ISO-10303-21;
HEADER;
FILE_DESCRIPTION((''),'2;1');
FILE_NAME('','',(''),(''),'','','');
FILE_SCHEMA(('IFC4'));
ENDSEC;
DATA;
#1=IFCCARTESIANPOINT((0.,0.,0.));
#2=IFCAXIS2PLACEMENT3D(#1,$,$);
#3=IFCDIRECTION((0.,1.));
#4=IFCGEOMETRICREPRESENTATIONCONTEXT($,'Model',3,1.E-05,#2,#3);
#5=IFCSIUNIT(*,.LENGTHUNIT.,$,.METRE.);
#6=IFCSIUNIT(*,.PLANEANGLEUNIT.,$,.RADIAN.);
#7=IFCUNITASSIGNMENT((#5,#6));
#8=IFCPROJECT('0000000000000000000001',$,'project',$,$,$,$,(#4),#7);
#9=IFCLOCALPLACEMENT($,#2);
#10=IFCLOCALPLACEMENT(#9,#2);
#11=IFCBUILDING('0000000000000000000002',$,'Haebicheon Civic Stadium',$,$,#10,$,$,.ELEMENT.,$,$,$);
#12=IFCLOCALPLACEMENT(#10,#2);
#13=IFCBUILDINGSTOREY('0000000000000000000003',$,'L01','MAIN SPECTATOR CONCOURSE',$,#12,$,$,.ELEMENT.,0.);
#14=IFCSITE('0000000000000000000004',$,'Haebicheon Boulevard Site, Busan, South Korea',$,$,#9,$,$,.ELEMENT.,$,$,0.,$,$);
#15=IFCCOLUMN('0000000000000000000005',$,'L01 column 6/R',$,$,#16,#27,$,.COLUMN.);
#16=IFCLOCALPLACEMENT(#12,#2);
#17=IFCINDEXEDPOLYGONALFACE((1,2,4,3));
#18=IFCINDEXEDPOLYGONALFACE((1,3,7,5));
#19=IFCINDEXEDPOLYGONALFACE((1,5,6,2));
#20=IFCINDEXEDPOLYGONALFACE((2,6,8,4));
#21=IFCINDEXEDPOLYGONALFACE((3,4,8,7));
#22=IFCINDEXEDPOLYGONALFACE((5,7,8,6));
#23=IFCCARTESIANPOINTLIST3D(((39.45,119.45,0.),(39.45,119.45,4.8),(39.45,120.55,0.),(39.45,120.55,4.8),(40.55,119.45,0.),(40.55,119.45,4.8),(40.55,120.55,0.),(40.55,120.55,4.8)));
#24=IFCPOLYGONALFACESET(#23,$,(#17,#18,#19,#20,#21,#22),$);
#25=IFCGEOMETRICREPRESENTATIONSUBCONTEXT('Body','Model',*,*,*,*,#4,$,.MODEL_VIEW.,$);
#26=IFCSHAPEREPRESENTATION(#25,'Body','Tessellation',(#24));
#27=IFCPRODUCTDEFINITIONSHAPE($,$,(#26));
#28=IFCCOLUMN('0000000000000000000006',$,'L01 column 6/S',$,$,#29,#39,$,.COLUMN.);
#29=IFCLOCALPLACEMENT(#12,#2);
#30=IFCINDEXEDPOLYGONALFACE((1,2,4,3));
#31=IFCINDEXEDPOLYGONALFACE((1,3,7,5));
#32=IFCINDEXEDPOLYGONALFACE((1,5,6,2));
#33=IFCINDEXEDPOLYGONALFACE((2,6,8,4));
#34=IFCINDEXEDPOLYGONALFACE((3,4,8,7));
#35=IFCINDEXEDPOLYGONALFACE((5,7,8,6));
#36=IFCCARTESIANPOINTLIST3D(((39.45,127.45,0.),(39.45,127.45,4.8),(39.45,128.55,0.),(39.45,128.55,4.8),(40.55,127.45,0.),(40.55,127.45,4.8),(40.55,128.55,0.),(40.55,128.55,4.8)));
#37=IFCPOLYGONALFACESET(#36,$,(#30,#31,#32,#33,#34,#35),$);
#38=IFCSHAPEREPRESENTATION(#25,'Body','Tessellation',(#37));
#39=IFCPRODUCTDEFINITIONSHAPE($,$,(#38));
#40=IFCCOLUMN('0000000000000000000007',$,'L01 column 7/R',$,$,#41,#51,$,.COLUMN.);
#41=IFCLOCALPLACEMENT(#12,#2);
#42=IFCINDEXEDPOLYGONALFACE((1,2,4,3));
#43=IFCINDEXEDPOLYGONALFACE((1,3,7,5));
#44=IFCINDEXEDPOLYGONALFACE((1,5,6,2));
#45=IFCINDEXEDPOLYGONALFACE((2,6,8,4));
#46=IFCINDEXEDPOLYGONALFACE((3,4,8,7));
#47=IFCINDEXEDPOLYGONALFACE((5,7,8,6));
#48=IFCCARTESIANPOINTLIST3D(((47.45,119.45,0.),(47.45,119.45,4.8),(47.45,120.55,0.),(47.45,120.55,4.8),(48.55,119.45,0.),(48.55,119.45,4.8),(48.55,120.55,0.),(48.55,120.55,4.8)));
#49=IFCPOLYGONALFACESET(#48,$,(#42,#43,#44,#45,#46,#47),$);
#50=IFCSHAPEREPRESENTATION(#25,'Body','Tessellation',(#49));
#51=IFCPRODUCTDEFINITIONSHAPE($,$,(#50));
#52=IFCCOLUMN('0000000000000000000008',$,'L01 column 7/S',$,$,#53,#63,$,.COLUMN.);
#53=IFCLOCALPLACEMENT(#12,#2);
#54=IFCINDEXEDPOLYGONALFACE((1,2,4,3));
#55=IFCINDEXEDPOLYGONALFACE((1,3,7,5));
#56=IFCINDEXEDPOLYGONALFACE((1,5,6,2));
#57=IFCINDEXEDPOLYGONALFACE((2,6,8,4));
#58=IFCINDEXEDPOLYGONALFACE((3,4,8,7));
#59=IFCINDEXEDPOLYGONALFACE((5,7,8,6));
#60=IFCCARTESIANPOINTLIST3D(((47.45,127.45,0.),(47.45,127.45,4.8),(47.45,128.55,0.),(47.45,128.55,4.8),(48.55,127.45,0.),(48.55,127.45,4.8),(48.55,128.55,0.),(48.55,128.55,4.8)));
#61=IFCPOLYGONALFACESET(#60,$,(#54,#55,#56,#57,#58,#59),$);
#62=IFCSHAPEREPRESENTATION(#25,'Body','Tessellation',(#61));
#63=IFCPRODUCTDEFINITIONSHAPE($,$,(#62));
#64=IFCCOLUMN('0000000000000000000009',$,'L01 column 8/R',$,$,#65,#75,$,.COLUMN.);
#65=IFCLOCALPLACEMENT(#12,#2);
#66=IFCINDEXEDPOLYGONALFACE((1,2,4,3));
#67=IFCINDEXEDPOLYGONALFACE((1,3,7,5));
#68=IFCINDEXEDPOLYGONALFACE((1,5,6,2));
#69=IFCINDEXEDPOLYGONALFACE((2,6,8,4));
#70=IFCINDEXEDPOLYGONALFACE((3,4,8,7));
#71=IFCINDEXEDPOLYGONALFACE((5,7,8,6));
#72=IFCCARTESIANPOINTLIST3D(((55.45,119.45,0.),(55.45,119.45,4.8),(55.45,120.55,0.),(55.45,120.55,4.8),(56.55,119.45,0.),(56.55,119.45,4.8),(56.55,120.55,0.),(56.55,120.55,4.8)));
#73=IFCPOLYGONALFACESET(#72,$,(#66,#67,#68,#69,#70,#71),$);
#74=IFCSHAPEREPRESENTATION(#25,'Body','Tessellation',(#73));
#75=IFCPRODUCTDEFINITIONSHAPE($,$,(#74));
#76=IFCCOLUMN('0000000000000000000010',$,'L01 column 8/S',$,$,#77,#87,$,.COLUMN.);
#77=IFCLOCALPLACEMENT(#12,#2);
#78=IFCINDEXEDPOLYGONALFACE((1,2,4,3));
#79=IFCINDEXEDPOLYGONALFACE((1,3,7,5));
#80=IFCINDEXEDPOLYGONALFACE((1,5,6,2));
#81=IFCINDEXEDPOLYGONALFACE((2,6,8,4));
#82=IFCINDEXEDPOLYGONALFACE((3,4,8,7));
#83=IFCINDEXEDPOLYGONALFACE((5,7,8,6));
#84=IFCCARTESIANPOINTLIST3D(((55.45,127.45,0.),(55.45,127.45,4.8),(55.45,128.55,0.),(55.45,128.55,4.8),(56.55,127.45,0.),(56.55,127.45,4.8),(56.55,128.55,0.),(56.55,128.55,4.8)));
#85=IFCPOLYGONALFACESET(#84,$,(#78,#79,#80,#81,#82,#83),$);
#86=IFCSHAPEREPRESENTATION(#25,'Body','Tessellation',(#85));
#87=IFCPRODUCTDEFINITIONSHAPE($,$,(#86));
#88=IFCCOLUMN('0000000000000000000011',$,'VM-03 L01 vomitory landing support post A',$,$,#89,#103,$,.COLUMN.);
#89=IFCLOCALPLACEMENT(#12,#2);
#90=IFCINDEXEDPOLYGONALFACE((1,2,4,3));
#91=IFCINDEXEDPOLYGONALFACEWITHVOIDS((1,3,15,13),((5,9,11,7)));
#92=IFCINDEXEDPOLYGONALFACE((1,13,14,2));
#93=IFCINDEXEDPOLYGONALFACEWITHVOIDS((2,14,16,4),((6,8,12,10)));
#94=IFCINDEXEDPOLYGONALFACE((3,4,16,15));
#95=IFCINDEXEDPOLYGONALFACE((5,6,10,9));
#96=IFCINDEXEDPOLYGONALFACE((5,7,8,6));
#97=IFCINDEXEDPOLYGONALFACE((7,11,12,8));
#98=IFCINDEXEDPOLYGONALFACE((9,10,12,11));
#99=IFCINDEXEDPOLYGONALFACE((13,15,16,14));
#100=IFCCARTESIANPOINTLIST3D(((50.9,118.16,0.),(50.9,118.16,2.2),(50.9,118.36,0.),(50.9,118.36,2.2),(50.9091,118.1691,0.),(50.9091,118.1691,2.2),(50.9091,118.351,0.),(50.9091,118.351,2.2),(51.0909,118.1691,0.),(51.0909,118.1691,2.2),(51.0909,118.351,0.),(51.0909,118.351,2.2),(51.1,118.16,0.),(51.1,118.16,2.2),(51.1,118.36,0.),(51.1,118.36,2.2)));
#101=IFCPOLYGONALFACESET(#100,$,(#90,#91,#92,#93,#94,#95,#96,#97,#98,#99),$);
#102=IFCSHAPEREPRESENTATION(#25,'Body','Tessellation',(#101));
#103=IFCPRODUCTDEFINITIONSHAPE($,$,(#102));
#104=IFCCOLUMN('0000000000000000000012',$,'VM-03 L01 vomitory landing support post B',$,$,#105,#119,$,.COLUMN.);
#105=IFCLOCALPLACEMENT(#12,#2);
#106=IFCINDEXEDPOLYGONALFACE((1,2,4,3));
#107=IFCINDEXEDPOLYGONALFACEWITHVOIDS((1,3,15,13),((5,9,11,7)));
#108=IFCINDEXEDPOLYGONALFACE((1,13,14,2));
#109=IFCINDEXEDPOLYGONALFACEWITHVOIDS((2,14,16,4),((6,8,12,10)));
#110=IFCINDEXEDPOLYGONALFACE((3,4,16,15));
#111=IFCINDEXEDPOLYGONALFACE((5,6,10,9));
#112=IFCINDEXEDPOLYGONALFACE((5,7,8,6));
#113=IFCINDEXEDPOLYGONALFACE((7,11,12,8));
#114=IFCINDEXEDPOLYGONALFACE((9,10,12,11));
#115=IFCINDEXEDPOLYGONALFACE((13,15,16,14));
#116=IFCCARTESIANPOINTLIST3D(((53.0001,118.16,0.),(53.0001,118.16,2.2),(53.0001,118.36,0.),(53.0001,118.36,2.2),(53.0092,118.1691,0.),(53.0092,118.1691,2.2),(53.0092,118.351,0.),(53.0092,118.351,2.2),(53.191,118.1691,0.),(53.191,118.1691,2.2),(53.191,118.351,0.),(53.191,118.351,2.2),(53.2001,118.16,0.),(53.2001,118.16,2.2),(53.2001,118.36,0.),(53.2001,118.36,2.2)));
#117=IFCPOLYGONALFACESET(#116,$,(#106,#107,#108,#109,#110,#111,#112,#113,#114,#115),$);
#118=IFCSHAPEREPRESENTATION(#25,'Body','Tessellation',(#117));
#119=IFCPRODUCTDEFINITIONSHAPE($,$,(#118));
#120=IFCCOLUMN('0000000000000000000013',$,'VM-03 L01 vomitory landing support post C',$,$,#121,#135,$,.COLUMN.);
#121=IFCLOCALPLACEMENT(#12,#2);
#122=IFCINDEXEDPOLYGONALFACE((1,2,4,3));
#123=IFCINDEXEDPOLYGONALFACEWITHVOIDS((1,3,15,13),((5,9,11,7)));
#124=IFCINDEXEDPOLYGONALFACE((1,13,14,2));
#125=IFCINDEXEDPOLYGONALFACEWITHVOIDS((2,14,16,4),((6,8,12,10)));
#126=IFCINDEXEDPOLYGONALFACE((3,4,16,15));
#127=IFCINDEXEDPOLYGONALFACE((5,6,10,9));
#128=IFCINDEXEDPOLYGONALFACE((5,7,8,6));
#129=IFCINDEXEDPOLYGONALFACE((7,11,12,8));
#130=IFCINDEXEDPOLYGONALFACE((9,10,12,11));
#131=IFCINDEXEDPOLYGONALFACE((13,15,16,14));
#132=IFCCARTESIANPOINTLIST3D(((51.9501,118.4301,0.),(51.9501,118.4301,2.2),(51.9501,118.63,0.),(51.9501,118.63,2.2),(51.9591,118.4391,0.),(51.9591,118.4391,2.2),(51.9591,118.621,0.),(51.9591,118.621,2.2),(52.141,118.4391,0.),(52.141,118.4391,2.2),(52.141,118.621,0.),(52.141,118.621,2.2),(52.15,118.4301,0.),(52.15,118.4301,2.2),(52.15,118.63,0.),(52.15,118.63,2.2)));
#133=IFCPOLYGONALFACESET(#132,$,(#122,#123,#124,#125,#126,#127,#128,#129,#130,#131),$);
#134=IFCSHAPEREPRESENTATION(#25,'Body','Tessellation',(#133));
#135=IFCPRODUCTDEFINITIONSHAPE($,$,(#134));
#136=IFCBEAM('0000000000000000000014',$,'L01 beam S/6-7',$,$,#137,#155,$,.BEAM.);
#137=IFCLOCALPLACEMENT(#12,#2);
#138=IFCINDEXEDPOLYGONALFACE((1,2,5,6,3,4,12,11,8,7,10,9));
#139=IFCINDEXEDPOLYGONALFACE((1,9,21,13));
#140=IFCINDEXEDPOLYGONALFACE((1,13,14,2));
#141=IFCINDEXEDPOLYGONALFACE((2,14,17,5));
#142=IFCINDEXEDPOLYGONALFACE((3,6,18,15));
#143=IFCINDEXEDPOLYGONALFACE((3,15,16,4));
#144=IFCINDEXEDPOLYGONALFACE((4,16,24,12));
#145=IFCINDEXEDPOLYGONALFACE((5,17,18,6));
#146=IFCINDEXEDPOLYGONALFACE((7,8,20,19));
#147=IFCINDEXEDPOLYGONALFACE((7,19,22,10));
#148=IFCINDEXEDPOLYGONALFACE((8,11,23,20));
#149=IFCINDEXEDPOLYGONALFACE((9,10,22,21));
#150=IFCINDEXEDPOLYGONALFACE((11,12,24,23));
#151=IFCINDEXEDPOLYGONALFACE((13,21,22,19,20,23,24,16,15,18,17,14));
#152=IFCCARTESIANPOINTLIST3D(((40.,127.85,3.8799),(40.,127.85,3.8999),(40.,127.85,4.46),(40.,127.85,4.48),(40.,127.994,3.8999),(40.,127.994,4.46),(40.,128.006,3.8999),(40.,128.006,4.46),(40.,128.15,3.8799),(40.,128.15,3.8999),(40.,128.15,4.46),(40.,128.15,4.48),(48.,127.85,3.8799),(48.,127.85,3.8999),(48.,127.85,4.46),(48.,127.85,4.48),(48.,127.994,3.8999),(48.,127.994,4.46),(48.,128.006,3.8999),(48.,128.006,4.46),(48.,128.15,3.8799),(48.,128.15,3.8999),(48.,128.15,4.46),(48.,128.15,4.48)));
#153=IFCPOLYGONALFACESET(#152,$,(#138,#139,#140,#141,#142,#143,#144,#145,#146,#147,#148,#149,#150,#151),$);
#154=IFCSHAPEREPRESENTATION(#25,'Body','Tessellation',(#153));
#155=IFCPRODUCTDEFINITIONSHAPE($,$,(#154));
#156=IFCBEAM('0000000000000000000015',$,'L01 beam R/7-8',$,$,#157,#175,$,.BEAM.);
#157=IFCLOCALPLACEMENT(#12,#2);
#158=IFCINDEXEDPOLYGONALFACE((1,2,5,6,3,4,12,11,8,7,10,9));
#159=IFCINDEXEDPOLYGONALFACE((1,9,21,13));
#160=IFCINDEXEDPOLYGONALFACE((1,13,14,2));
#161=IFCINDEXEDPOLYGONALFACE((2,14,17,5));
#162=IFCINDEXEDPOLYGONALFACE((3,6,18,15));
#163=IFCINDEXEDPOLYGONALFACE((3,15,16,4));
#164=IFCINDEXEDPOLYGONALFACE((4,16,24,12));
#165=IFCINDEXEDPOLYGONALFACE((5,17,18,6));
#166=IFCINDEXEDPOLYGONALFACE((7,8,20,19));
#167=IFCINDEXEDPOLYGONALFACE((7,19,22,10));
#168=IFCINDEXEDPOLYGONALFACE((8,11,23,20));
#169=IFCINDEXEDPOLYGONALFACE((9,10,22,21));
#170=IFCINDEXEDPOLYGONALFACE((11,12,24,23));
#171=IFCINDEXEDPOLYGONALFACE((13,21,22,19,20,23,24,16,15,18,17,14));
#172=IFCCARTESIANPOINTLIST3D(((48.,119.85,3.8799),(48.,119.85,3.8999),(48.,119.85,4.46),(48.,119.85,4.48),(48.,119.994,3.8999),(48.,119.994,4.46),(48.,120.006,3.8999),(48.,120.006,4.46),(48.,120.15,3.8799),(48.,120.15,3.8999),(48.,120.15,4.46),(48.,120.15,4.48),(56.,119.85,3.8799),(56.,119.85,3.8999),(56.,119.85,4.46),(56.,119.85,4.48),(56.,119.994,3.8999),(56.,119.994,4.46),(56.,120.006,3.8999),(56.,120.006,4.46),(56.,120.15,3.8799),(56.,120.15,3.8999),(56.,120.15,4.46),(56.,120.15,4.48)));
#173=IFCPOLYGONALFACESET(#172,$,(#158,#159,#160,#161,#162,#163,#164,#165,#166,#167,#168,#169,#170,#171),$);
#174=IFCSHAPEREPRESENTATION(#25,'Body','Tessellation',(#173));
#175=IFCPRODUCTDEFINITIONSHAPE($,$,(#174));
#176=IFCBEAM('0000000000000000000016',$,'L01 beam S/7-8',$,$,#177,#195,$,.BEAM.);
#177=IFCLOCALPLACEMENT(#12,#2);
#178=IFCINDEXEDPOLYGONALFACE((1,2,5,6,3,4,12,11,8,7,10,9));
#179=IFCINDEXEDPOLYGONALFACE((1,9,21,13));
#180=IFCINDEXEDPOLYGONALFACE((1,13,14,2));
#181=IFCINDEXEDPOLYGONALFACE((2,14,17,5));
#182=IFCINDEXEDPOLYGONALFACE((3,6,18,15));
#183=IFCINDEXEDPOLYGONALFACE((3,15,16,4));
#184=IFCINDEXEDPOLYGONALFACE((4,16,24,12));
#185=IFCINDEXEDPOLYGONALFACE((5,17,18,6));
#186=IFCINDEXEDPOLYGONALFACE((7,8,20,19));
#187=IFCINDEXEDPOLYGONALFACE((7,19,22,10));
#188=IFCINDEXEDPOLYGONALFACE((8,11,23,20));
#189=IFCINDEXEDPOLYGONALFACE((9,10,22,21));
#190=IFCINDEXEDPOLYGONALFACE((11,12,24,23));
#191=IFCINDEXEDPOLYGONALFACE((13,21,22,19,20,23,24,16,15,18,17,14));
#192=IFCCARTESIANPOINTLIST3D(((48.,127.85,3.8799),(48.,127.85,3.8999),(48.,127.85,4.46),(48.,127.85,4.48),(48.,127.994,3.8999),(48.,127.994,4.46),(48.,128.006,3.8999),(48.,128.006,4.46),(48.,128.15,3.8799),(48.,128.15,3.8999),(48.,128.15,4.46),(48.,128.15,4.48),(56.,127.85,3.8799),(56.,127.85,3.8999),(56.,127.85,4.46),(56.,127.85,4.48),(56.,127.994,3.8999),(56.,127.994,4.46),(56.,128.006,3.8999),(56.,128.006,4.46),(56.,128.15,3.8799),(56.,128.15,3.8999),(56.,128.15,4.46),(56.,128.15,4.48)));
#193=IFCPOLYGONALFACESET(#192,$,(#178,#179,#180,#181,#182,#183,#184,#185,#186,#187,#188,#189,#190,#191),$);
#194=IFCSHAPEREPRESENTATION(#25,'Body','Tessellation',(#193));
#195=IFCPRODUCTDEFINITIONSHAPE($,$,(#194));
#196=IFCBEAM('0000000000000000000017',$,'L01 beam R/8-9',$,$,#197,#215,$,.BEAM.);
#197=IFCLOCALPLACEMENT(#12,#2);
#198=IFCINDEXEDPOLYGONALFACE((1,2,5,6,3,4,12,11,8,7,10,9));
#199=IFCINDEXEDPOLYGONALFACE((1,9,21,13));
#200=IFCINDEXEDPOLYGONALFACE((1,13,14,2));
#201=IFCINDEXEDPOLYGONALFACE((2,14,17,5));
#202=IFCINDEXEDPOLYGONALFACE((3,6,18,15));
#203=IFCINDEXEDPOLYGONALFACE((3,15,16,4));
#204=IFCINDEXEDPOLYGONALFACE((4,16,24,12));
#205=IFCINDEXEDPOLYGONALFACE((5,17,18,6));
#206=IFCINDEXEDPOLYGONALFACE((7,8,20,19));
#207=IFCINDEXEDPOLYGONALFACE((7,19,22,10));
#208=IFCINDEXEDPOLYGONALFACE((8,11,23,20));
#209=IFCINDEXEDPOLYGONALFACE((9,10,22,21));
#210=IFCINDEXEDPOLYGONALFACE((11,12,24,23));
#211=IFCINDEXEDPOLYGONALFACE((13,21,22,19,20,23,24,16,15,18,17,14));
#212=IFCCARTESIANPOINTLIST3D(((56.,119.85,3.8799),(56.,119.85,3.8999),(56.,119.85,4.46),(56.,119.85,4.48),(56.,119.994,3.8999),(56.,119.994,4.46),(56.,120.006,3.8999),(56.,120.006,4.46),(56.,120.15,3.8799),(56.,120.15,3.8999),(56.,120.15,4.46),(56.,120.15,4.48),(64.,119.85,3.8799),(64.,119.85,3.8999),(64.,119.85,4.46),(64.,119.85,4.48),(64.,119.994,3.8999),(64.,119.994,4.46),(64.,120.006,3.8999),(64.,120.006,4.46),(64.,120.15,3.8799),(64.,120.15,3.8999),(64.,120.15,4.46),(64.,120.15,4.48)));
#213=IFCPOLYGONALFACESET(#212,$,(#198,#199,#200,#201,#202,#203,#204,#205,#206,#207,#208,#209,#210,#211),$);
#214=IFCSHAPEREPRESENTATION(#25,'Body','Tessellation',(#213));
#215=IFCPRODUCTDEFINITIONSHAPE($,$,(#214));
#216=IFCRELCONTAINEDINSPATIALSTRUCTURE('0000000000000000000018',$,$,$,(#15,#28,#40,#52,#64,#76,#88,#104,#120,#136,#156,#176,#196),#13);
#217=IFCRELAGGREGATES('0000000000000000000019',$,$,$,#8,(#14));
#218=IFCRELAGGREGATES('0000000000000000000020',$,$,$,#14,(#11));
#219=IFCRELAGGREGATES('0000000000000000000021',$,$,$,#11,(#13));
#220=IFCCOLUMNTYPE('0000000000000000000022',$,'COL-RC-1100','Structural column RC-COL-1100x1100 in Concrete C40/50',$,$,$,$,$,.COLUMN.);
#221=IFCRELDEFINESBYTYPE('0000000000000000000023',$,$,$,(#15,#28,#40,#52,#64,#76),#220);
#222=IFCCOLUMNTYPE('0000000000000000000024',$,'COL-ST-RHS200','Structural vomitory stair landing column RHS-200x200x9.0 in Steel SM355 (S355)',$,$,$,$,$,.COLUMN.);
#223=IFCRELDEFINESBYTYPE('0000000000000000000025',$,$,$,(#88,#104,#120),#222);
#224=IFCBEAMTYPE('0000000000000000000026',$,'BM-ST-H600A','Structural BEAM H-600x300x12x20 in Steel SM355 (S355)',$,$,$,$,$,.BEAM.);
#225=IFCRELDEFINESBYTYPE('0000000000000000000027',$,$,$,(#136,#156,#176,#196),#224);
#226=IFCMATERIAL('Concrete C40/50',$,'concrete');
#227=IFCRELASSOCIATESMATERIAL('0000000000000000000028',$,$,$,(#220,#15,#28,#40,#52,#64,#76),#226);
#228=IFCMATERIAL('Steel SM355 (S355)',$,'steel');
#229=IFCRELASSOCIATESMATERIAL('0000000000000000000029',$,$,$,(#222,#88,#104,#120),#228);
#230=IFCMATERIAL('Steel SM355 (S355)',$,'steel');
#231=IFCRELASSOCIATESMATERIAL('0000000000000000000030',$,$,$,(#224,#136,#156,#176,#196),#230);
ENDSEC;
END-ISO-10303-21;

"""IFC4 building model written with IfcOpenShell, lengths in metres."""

from ifc_helpers import new_model, si_unit, direction, frame, origin, origin_2d, place, context, subcontext, project, spatial, rectangle, hollow_rectangle, i_section, extrude, material, material_profile, profile_set, type_object, element, save


model = new_model("IFC4")

# Units and contexts
model_context = context("Model", 3, precision=1e-05, world=origin(), true_north=direction((0.0, 1.0)))
body_context = subcontext(model_context, "Body", "Model", "MODEL_VIEW")
ifc_project = project(units=[si_unit("LENGTHUNIT", "METRE"), si_unit("PLANEANGLEUNIT", "RADIAN")], contexts=[model_context])

# Site, building, storey
site_placement = place(None, origin())
site = spatial("IfcSite", under=ifc_project, at=site_placement, Name="Haebicheon Boulevard Site, Busan, South Korea", CompositionType="ELEMENT", RefElevation=0.0)
building_placement = place(site_placement, origin())
building = spatial("IfcBuilding", under=site, at=building_placement, Name="Haebicheon Civic Stadium", CompositionType="ELEMENT")
storey_placement = place(building_placement, origin())
storey = spatial("IfcBuildingStorey", under=building, at=storey_placement, Name="L01", Description="MAIN SPECTATOR CONCOURSE", CompositionType="ELEMENT", Elevation=0.0)

# Columns
ifc_material_1 = material(Name="Concrete C40/50", Category="concrete")
ifc_material_profile_1 = material_profile(ifc_material_1, rectangle(XDim=1.1001, YDim=1.1001, at=origin_2d()), Name="RC-COL-1100x1100")
ifc_profile_set_1 = profile_set([ifc_material_profile_1], Name="Concrete C40/50")
column_type_1 = type_object("IfcColumnType", Name="COL-RC-1100", Description="Structural column RC-COL-1100x1100 in Concrete C40/50", PredefinedType="COLUMN", material=ifc_profile_set_1)
for number, where, z_axis, x_axis, name in (
    (1, (40.0, 120.0, 0.0), (0.0, 0.0, 1.0), (1.0, 0.0, 0.0), "L01 column 6/R"),
    (2, (40.0, 128.0, 0.0), (0.0, 0.0, 1.0), (1.0, 0.0, 0.0), "L01 column 6/S"),
    (3, (48.0, 120.0, 0.0), (0.0, 0.0, 1.0), (1.0, 0.0, 0.0), "L01 column 7/R"),
    (4, (48.0, 128.0, 0.0), (0.0, 0.0, 1.0), (1.0, 0.0, 0.0), "L01 column 7/S"),
    (5, (56.0, 120.0, 0.0), (0.0, 0.0, 1.0), (1.0, 0.0, 0.0), "L01 column 8/R"),
    (6, (56.0, 128.0, 0.0), (0.0, 0.0, 1.0), (1.0, 0.0, 0.0), "L01 column 8/S"),
):
    element("IfcColumn", number, at=place(storey_placement, frame(where, z_axis=z_axis, x_axis=x_axis)), inside=storey, type_object=column_type_1, material=ifc_profile_set_1, Name=name, PredefinedType="COLUMN", context=body_context, shape_type="SweptSolid", body=[
        extrude(rectangle(XDim=1.1001, YDim=1.1001, at=origin_2d()), origin(), (0.0, 0.0, 1.0), 4.8),
    ])
ifc_material_2 = material(Name="Steel SM355 (S355)", Category="steel")
ifc_material_profile_2 = material_profile(ifc_material_2, hollow_rectangle(XDim=0.2, YDim=0.2, WallThickness=0.009, at=origin_2d()), Name="RHS-200x200x9.0")
ifc_profile_set_2 = profile_set([ifc_material_profile_2], Name="Steel SM355 (S355)")
column_type_2 = type_object("IfcColumnType", Name="COL-ST-RHS200", Description="Structural vomitory stair landing column RHS-200x200x9.0 in Steel SM355 (S355)", PredefinedType="COLUMN", material=ifc_profile_set_2)
for number, where, z_axis, x_axis, name in (
    (7, (51.0, 118.26, 0.0), (0.0, 0.0, 1.0), (1.0, 0.0, 0.0), "VM-03 L01 vomitory landing support post A"),
    (8, (53.1001, 118.26, 0.0), (0.0, 0.0, 1.0), (1.0, 0.0, 0.0), "VM-03 L01 vomitory landing support post B"),
    (9, (52.05, 118.53, 0.0), (0.0, 0.0, 1.0), (1.0, 0.0, 0.0), "VM-03 L01 vomitory landing support post C"),
):
    element("IfcColumn", number, at=place(storey_placement, frame(where, z_axis=z_axis, x_axis=x_axis)), inside=storey, type_object=column_type_2, material=ifc_profile_set_2, Name=name, PredefinedType="COLUMN", context=body_context, shape_type="SweptSolid", body=[
        extrude(hollow_rectangle(XDim=0.2, YDim=0.2, WallThickness=0.009, at=origin_2d()), origin(), (0.0, 0.0, 1.0), 2.2),
    ])

# Beams
ifc_material_3 = material(Name="Steel SM355 (S355)", Category="steel")
ifc_material_profile_3 = material_profile(ifc_material_3, i_section(OverallWidth=0.3, OverallDepth=0.6001, WebThickness=0.012, FlangeThickness=0.02, at=origin_2d()), Name="H-600x300x12x20")
ifc_profile_set_3 = profile_set([ifc_material_profile_3], Name="Steel SM355 (S355)")
beam_type_1 = type_object("IfcBeamType", Name="BM-ST-H600A", Description="Structural BEAM H-600x300x12x20 in Steel SM355 (S355)", PredefinedType="BEAM", material=ifc_profile_set_3)
for number, where, z_axis, x_axis, name in (
    (10, (40.0, 128.0, 4.1799), (1.0, 0.0, 0.0), (0.0, 1.0, 0.0), "L01 beam S/6-7"),
    (11, (48.0, 120.0, 4.1799), (1.0, 0.0, 0.0), (0.0, 1.0, 0.0), "L01 beam R/7-8"),
    (12, (48.0, 128.0, 4.1799), (1.0, 0.0, 0.0), (0.0, 1.0, 0.0), "L01 beam S/7-8"),
    (13, (56.0, 120.0, 4.1799), (1.0, 0.0, 0.0), (0.0, 1.0, 0.0), "L01 beam R/8-9"),
):
    element("IfcBeam", number, at=place(storey_placement, frame(where, z_axis=z_axis, x_axis=x_axis)), inside=storey, type_object=beam_type_1, material=ifc_profile_set_3, Name=name, PredefinedType="BEAM", context=body_context, shape_type="SweptSolid", body=[
        extrude(i_section(OverallWidth=0.3, OverallDepth=0.6001, WebThickness=0.012, FlangeThickness=0.02, at=origin_2d()), origin(), (0.0, 0.0, 1.0), 8.0),
    ])

save(model, "model.ifc")
